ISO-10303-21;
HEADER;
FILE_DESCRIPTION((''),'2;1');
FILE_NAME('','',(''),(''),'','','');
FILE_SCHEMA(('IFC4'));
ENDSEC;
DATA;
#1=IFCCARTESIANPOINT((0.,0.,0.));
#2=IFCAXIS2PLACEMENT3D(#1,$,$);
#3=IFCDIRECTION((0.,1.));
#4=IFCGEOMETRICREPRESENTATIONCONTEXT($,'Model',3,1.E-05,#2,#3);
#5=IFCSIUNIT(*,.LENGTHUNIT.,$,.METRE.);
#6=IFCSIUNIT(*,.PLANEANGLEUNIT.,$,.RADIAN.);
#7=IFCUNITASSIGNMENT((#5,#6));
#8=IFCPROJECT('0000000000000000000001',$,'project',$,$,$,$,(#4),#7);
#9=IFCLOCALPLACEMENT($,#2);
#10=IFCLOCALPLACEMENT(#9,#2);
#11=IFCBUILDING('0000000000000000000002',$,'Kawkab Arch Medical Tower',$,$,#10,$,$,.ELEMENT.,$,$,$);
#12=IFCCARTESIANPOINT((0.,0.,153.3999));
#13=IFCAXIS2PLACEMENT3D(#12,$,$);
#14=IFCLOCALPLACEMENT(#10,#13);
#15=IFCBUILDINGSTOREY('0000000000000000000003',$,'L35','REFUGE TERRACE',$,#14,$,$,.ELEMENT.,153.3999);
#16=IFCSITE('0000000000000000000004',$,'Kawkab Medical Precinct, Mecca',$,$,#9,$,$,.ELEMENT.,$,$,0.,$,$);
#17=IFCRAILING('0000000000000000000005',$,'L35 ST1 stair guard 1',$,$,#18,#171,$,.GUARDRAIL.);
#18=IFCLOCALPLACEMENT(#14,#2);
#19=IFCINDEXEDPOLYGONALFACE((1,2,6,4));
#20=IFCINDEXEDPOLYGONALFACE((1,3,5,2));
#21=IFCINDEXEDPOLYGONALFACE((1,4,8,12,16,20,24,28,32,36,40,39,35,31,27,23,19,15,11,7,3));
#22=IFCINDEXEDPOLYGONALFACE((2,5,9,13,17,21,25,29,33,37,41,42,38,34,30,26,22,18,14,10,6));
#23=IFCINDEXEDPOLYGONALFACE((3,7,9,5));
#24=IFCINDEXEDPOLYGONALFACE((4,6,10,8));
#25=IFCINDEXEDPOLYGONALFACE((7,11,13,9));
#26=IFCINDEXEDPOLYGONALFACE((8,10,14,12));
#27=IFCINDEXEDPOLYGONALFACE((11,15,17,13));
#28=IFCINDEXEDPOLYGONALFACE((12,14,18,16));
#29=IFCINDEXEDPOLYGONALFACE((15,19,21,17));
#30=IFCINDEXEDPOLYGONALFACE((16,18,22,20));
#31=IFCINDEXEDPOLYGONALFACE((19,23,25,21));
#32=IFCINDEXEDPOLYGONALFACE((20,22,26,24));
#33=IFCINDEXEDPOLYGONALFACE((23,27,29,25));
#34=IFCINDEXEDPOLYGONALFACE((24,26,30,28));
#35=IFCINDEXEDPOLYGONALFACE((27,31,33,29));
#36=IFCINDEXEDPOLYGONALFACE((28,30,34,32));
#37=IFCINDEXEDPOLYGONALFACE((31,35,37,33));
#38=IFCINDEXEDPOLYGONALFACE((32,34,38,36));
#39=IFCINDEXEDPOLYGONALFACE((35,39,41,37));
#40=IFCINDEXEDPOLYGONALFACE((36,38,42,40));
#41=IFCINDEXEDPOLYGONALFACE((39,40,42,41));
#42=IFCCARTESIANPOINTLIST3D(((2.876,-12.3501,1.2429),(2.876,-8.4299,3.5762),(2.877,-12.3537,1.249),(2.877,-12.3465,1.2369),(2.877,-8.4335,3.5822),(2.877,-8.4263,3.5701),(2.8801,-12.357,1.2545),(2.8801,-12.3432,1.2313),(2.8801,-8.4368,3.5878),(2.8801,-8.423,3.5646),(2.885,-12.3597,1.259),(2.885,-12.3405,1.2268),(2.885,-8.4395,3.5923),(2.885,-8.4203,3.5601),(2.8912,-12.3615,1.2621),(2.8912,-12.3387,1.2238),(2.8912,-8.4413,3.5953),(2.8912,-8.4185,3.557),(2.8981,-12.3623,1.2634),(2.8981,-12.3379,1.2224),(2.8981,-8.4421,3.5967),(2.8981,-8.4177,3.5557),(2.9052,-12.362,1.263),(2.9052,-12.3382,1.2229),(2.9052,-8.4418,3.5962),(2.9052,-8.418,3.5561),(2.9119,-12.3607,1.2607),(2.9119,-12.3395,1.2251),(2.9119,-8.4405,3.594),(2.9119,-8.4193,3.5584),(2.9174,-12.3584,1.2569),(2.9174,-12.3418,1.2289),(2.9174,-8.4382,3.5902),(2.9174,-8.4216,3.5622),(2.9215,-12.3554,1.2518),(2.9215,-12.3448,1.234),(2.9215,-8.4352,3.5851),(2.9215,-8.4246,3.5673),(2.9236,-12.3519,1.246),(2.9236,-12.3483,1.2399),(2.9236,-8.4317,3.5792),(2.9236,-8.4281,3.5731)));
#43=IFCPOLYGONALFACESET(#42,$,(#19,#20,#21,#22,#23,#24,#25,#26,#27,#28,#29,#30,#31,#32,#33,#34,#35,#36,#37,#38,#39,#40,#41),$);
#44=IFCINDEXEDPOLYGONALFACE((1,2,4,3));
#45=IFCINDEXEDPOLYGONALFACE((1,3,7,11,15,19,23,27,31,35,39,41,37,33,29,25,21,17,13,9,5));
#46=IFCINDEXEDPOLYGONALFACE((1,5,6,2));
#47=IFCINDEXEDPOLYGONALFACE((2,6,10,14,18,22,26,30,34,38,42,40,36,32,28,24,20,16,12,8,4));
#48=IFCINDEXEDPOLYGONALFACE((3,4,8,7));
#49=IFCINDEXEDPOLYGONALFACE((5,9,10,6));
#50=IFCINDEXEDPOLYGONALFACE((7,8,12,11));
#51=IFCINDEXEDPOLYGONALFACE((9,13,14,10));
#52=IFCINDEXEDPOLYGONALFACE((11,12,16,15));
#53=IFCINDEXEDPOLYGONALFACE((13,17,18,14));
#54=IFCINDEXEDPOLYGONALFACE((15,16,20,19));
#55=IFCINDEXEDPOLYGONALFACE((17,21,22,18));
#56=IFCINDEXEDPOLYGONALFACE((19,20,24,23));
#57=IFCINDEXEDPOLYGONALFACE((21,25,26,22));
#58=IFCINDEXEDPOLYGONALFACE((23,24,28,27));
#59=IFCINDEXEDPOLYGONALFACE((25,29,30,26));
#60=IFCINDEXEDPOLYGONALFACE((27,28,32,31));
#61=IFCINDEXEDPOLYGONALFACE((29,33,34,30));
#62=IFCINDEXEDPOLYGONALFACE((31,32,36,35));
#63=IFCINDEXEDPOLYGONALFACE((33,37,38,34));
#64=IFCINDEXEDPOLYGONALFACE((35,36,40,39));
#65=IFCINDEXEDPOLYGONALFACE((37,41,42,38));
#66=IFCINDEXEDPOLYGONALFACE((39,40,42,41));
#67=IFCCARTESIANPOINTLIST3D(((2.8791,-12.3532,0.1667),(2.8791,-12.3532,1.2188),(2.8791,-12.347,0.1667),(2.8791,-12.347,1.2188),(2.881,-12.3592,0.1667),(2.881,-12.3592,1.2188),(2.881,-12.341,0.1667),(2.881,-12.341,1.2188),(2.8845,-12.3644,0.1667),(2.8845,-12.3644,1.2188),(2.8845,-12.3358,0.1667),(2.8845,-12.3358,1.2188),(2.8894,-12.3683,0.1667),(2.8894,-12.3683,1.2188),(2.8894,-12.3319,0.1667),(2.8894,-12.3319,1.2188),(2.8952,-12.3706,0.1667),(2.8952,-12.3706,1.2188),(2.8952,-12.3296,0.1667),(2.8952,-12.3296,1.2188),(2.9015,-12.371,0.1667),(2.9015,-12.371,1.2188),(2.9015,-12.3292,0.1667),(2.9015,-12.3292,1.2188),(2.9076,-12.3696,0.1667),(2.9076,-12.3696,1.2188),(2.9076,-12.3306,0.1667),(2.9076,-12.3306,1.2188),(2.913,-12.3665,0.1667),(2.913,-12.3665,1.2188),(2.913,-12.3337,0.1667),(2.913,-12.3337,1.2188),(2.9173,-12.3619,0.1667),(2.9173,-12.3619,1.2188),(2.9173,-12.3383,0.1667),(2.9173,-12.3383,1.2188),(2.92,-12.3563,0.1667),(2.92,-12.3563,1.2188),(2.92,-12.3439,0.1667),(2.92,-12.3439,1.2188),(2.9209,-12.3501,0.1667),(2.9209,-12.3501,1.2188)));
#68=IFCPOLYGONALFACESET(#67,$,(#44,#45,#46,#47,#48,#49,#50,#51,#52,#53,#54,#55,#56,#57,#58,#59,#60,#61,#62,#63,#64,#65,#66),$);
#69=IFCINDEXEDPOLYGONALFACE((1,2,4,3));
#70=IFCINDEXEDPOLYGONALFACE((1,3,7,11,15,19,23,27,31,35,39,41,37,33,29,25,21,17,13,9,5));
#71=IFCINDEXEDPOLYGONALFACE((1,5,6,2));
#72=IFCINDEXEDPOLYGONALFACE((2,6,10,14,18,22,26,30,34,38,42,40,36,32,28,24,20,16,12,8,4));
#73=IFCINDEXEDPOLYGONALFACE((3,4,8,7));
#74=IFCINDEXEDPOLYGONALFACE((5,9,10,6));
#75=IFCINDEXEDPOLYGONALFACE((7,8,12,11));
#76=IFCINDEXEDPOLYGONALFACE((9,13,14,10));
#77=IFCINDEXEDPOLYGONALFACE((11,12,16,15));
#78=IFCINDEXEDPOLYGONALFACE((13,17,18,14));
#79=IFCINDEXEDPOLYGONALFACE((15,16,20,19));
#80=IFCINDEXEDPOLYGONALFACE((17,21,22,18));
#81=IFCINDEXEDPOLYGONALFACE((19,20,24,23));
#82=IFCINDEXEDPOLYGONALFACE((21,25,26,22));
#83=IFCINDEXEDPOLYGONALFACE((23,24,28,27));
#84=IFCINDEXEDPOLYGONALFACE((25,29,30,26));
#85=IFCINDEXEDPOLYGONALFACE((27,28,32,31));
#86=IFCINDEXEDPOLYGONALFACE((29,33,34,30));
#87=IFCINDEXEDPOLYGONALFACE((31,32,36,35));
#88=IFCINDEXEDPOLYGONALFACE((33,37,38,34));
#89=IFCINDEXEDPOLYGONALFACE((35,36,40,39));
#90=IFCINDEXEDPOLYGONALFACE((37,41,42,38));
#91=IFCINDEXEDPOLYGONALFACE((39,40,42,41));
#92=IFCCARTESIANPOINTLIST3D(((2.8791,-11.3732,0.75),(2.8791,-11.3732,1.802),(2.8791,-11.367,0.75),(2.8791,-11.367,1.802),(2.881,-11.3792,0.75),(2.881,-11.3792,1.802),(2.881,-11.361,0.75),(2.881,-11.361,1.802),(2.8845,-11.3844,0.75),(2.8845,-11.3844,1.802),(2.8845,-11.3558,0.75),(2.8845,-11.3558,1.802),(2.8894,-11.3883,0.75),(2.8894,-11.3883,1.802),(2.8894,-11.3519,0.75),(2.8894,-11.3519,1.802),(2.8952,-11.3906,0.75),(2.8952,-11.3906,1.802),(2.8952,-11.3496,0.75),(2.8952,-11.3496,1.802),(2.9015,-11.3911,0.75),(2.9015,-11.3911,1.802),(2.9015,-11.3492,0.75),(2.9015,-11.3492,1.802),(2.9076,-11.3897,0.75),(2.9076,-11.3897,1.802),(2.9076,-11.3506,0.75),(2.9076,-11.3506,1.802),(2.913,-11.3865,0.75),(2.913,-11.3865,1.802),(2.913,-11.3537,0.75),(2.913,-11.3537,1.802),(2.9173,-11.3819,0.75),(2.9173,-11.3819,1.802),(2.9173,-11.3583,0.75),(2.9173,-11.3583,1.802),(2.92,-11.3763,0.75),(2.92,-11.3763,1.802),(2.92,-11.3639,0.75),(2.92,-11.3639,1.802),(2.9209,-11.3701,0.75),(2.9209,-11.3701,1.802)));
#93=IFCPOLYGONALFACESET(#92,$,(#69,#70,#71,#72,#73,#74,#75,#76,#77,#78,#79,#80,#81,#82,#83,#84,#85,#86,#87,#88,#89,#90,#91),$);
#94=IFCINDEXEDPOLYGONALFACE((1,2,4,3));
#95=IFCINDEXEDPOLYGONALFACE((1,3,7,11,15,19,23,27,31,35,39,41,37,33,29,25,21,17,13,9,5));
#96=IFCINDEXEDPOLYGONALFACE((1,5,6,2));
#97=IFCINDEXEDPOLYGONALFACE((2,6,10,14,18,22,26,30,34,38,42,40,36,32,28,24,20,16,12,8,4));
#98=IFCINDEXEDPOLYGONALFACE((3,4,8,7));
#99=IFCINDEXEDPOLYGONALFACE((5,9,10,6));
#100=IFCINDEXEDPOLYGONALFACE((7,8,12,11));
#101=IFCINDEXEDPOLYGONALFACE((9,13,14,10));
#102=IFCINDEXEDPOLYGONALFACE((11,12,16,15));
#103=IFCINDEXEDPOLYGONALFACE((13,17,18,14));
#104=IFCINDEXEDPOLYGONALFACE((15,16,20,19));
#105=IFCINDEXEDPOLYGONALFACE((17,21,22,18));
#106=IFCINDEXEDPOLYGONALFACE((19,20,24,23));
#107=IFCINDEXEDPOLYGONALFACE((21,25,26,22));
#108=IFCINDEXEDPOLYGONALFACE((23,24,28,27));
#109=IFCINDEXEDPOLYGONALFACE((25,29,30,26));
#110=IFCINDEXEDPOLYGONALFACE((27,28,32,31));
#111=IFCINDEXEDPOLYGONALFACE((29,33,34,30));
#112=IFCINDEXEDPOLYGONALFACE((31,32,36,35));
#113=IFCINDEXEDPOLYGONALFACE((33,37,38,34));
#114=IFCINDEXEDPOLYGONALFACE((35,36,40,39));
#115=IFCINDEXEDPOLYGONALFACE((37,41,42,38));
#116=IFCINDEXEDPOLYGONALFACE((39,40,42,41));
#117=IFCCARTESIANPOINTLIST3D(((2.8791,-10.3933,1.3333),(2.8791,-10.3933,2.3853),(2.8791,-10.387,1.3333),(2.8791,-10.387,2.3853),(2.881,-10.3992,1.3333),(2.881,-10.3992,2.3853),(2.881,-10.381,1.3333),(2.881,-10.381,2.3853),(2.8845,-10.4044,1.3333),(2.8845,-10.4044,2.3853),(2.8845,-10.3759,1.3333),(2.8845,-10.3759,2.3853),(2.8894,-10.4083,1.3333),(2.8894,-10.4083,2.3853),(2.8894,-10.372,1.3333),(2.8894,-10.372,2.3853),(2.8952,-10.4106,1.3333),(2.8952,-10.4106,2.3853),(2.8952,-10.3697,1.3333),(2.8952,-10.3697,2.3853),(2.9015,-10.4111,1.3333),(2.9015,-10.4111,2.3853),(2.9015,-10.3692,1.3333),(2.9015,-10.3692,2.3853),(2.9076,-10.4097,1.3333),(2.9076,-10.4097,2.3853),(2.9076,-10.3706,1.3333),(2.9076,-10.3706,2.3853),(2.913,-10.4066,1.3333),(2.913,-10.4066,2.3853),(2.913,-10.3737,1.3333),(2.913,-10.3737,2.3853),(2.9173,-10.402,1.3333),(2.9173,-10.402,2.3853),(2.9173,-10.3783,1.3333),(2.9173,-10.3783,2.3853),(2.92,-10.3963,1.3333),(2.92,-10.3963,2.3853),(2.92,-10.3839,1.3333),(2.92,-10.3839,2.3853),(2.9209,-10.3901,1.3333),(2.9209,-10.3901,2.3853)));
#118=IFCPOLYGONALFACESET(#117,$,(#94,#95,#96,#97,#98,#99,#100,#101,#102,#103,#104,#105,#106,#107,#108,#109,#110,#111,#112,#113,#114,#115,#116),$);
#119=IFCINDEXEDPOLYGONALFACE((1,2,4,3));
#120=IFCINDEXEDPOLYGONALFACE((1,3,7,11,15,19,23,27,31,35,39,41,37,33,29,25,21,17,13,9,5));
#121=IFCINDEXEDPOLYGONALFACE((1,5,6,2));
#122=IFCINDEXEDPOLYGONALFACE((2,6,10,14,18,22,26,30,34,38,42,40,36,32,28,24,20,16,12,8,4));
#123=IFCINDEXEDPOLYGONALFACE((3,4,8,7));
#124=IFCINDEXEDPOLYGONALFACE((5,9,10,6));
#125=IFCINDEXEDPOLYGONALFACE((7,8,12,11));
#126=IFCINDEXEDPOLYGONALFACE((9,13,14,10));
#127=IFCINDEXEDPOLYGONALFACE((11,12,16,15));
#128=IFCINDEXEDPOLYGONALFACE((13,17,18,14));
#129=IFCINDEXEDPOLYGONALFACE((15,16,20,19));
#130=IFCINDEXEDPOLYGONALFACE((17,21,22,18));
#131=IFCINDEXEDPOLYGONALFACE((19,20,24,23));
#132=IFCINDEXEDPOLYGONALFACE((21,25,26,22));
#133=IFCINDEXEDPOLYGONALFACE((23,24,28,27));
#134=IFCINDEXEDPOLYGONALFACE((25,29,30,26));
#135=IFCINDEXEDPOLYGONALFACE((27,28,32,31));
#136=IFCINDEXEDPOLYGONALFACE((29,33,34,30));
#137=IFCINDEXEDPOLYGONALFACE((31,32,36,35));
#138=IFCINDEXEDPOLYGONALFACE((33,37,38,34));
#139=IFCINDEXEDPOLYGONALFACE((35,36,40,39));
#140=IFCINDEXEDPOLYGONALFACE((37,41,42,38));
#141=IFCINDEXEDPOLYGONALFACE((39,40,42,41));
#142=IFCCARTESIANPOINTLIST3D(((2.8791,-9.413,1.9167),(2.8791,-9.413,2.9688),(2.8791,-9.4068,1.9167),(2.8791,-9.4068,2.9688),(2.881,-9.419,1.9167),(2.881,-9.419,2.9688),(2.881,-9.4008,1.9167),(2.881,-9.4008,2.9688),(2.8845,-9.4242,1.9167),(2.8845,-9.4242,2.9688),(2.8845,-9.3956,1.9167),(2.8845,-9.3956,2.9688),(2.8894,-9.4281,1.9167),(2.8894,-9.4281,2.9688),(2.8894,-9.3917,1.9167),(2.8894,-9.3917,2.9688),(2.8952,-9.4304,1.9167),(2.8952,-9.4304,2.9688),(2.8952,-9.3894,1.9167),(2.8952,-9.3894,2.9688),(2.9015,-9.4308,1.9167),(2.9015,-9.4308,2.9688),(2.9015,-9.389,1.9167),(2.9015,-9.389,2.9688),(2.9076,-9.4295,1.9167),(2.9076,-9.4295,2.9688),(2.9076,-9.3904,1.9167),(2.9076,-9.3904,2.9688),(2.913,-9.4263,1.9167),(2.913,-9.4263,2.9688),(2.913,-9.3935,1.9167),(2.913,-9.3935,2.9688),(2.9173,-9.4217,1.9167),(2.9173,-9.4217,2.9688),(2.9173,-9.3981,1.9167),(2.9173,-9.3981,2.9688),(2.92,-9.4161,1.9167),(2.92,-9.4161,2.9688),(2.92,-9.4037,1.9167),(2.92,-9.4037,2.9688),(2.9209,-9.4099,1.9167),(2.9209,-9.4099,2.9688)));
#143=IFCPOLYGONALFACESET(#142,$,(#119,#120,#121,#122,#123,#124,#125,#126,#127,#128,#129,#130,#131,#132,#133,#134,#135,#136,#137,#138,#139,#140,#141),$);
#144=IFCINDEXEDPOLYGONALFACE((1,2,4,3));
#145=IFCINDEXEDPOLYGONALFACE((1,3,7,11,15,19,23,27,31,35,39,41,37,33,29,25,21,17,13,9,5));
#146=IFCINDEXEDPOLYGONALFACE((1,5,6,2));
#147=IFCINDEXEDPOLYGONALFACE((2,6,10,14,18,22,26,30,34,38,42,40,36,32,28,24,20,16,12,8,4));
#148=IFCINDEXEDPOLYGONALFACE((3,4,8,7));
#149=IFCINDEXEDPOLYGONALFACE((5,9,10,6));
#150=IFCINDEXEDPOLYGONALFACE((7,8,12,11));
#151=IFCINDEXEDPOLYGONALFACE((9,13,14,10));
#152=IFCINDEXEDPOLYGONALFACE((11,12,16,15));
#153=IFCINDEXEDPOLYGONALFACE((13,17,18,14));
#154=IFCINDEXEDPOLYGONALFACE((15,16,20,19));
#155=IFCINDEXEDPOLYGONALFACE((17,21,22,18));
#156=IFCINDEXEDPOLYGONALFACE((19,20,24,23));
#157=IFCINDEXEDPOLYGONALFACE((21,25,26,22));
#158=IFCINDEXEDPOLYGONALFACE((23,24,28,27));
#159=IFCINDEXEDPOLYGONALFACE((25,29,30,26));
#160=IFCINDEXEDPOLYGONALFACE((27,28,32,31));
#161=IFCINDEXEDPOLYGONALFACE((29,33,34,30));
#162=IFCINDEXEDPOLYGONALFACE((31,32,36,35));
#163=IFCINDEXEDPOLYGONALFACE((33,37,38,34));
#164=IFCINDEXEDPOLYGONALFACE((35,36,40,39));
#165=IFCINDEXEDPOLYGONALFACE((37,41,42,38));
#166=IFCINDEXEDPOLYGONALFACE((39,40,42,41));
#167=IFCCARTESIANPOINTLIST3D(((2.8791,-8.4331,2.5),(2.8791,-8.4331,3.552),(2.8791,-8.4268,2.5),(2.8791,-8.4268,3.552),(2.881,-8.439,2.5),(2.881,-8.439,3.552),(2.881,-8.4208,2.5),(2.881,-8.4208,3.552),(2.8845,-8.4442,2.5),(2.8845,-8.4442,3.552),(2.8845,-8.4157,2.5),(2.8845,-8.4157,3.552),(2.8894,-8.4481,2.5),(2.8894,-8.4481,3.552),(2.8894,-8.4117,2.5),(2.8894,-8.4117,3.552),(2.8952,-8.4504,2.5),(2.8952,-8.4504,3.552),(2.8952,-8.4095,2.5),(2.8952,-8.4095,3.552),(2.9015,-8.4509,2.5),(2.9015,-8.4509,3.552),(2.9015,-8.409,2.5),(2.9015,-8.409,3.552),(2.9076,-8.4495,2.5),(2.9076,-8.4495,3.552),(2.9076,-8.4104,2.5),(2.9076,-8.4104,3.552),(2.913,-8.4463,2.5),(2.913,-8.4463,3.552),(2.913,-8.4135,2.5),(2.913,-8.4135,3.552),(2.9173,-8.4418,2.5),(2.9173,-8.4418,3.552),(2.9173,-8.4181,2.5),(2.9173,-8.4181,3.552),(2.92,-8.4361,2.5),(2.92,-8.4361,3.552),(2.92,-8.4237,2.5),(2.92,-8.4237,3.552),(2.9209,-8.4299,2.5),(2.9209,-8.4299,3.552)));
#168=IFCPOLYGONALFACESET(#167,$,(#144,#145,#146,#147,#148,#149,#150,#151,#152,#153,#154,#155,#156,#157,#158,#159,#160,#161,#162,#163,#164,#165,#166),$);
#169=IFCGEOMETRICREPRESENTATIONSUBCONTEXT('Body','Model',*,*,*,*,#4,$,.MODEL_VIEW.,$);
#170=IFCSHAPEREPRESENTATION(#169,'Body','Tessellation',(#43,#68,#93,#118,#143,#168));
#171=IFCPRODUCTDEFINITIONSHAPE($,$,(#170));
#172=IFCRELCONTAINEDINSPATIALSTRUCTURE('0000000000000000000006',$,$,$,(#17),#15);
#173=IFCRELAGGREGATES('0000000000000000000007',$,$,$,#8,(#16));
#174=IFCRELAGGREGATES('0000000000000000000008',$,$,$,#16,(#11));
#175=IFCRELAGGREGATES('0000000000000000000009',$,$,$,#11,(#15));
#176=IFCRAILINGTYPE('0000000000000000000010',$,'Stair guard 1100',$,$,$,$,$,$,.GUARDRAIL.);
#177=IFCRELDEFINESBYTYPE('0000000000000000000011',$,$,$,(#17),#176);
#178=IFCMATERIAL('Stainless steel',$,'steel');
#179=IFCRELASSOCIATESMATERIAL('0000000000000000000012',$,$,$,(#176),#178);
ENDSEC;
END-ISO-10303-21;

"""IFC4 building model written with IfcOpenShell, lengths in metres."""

from ifc_helpers import new_model, si_unit, direction, frame, origin, origin_2d, place, context, subcontext, project, spatial, circle, extrude, material, type_object, element, save


model = new_model("IFC4")

# Units and contexts
model_context = context("Model", 3, precision=1e-05, world=origin(), true_north=direction((0.0, 1.0)))
body_context = subcontext(model_context, "Body", "Model", "MODEL_VIEW")
ifc_project = project(units=[si_unit("LENGTHUNIT", "METRE"), si_unit("PLANEANGLEUNIT", "RADIAN")], contexts=[model_context])

# Site, building, storey
site_placement = place(None, origin())
site = spatial("IfcSite", under=ifc_project, at=site_placement, Name="Kawkab Medical Precinct, Mecca", CompositionType="ELEMENT", RefElevation=0.0)
building_placement = place(site_placement, origin())
building = spatial("IfcBuilding", under=site, at=building_placement, Name="Kawkab Arch Medical Tower", CompositionType="ELEMENT")
storey_placement = place(building_placement, frame((0.0, 0.0, 153.3999)))
storey = spatial("IfcBuildingStorey", under=building, at=storey_placement, Name="L35", Description="REFUGE TERRACE", CompositionType="ELEMENT", Elevation=153.3999)

# Railing
ifc_material_1 = material(Name="Stainless steel", Category="steel")
railing_type_1 = type_object("IfcRailingType", Name="Stair guard 1100", PredefinedType="GUARDRAIL", material=ifc_material_1)
railing_1_placement = place(storey_placement, frame((2.8999, -12.3501, 0.1667)))
element("IfcRailing", 1, at=railing_1_placement, inside=storey, type_object=railing_type_1, Name="L35 ST1 stair guard 1", PredefinedType="GUARDRAIL", context=body_context, shape_type="SweptSolid", body=[
    extrude(circle(Radius=0.0239, at=origin_2d()), frame((0.0, 0.0, 1.0762), z_axis=(0.0, 0.85931, 0.511455), x_axis=(-1.0, 0.0, 0.0)), (0.0, 0.0, 1.0), 4.562),
    extrude(circle(Radius=0.021, at=origin_2d()), origin(), (0.0, 0.0, 1.0), 1.052),
    extrude(circle(Radius=0.021, at=origin_2d()), frame((0.0, 0.98, 0.5833)), (0.0, 0.0, 1.0), 1.052),
    extrude(circle(Radius=0.021, at=origin_2d()), frame((0.0, 1.96, 1.1665)), (0.0, 0.0, 1.0), 1.052),
    extrude(circle(Radius=0.021, at=origin_2d()), frame((0.0, 2.9402, 1.75)), (0.0, 0.0, 1.0), 1.052),
    extrude(circle(Radius=0.021, at=origin_2d()), frame((0.0, 3.9202, 2.3333)), (0.0, 0.0, 1.0), 1.052),
])

save(model, "model.ifc")
